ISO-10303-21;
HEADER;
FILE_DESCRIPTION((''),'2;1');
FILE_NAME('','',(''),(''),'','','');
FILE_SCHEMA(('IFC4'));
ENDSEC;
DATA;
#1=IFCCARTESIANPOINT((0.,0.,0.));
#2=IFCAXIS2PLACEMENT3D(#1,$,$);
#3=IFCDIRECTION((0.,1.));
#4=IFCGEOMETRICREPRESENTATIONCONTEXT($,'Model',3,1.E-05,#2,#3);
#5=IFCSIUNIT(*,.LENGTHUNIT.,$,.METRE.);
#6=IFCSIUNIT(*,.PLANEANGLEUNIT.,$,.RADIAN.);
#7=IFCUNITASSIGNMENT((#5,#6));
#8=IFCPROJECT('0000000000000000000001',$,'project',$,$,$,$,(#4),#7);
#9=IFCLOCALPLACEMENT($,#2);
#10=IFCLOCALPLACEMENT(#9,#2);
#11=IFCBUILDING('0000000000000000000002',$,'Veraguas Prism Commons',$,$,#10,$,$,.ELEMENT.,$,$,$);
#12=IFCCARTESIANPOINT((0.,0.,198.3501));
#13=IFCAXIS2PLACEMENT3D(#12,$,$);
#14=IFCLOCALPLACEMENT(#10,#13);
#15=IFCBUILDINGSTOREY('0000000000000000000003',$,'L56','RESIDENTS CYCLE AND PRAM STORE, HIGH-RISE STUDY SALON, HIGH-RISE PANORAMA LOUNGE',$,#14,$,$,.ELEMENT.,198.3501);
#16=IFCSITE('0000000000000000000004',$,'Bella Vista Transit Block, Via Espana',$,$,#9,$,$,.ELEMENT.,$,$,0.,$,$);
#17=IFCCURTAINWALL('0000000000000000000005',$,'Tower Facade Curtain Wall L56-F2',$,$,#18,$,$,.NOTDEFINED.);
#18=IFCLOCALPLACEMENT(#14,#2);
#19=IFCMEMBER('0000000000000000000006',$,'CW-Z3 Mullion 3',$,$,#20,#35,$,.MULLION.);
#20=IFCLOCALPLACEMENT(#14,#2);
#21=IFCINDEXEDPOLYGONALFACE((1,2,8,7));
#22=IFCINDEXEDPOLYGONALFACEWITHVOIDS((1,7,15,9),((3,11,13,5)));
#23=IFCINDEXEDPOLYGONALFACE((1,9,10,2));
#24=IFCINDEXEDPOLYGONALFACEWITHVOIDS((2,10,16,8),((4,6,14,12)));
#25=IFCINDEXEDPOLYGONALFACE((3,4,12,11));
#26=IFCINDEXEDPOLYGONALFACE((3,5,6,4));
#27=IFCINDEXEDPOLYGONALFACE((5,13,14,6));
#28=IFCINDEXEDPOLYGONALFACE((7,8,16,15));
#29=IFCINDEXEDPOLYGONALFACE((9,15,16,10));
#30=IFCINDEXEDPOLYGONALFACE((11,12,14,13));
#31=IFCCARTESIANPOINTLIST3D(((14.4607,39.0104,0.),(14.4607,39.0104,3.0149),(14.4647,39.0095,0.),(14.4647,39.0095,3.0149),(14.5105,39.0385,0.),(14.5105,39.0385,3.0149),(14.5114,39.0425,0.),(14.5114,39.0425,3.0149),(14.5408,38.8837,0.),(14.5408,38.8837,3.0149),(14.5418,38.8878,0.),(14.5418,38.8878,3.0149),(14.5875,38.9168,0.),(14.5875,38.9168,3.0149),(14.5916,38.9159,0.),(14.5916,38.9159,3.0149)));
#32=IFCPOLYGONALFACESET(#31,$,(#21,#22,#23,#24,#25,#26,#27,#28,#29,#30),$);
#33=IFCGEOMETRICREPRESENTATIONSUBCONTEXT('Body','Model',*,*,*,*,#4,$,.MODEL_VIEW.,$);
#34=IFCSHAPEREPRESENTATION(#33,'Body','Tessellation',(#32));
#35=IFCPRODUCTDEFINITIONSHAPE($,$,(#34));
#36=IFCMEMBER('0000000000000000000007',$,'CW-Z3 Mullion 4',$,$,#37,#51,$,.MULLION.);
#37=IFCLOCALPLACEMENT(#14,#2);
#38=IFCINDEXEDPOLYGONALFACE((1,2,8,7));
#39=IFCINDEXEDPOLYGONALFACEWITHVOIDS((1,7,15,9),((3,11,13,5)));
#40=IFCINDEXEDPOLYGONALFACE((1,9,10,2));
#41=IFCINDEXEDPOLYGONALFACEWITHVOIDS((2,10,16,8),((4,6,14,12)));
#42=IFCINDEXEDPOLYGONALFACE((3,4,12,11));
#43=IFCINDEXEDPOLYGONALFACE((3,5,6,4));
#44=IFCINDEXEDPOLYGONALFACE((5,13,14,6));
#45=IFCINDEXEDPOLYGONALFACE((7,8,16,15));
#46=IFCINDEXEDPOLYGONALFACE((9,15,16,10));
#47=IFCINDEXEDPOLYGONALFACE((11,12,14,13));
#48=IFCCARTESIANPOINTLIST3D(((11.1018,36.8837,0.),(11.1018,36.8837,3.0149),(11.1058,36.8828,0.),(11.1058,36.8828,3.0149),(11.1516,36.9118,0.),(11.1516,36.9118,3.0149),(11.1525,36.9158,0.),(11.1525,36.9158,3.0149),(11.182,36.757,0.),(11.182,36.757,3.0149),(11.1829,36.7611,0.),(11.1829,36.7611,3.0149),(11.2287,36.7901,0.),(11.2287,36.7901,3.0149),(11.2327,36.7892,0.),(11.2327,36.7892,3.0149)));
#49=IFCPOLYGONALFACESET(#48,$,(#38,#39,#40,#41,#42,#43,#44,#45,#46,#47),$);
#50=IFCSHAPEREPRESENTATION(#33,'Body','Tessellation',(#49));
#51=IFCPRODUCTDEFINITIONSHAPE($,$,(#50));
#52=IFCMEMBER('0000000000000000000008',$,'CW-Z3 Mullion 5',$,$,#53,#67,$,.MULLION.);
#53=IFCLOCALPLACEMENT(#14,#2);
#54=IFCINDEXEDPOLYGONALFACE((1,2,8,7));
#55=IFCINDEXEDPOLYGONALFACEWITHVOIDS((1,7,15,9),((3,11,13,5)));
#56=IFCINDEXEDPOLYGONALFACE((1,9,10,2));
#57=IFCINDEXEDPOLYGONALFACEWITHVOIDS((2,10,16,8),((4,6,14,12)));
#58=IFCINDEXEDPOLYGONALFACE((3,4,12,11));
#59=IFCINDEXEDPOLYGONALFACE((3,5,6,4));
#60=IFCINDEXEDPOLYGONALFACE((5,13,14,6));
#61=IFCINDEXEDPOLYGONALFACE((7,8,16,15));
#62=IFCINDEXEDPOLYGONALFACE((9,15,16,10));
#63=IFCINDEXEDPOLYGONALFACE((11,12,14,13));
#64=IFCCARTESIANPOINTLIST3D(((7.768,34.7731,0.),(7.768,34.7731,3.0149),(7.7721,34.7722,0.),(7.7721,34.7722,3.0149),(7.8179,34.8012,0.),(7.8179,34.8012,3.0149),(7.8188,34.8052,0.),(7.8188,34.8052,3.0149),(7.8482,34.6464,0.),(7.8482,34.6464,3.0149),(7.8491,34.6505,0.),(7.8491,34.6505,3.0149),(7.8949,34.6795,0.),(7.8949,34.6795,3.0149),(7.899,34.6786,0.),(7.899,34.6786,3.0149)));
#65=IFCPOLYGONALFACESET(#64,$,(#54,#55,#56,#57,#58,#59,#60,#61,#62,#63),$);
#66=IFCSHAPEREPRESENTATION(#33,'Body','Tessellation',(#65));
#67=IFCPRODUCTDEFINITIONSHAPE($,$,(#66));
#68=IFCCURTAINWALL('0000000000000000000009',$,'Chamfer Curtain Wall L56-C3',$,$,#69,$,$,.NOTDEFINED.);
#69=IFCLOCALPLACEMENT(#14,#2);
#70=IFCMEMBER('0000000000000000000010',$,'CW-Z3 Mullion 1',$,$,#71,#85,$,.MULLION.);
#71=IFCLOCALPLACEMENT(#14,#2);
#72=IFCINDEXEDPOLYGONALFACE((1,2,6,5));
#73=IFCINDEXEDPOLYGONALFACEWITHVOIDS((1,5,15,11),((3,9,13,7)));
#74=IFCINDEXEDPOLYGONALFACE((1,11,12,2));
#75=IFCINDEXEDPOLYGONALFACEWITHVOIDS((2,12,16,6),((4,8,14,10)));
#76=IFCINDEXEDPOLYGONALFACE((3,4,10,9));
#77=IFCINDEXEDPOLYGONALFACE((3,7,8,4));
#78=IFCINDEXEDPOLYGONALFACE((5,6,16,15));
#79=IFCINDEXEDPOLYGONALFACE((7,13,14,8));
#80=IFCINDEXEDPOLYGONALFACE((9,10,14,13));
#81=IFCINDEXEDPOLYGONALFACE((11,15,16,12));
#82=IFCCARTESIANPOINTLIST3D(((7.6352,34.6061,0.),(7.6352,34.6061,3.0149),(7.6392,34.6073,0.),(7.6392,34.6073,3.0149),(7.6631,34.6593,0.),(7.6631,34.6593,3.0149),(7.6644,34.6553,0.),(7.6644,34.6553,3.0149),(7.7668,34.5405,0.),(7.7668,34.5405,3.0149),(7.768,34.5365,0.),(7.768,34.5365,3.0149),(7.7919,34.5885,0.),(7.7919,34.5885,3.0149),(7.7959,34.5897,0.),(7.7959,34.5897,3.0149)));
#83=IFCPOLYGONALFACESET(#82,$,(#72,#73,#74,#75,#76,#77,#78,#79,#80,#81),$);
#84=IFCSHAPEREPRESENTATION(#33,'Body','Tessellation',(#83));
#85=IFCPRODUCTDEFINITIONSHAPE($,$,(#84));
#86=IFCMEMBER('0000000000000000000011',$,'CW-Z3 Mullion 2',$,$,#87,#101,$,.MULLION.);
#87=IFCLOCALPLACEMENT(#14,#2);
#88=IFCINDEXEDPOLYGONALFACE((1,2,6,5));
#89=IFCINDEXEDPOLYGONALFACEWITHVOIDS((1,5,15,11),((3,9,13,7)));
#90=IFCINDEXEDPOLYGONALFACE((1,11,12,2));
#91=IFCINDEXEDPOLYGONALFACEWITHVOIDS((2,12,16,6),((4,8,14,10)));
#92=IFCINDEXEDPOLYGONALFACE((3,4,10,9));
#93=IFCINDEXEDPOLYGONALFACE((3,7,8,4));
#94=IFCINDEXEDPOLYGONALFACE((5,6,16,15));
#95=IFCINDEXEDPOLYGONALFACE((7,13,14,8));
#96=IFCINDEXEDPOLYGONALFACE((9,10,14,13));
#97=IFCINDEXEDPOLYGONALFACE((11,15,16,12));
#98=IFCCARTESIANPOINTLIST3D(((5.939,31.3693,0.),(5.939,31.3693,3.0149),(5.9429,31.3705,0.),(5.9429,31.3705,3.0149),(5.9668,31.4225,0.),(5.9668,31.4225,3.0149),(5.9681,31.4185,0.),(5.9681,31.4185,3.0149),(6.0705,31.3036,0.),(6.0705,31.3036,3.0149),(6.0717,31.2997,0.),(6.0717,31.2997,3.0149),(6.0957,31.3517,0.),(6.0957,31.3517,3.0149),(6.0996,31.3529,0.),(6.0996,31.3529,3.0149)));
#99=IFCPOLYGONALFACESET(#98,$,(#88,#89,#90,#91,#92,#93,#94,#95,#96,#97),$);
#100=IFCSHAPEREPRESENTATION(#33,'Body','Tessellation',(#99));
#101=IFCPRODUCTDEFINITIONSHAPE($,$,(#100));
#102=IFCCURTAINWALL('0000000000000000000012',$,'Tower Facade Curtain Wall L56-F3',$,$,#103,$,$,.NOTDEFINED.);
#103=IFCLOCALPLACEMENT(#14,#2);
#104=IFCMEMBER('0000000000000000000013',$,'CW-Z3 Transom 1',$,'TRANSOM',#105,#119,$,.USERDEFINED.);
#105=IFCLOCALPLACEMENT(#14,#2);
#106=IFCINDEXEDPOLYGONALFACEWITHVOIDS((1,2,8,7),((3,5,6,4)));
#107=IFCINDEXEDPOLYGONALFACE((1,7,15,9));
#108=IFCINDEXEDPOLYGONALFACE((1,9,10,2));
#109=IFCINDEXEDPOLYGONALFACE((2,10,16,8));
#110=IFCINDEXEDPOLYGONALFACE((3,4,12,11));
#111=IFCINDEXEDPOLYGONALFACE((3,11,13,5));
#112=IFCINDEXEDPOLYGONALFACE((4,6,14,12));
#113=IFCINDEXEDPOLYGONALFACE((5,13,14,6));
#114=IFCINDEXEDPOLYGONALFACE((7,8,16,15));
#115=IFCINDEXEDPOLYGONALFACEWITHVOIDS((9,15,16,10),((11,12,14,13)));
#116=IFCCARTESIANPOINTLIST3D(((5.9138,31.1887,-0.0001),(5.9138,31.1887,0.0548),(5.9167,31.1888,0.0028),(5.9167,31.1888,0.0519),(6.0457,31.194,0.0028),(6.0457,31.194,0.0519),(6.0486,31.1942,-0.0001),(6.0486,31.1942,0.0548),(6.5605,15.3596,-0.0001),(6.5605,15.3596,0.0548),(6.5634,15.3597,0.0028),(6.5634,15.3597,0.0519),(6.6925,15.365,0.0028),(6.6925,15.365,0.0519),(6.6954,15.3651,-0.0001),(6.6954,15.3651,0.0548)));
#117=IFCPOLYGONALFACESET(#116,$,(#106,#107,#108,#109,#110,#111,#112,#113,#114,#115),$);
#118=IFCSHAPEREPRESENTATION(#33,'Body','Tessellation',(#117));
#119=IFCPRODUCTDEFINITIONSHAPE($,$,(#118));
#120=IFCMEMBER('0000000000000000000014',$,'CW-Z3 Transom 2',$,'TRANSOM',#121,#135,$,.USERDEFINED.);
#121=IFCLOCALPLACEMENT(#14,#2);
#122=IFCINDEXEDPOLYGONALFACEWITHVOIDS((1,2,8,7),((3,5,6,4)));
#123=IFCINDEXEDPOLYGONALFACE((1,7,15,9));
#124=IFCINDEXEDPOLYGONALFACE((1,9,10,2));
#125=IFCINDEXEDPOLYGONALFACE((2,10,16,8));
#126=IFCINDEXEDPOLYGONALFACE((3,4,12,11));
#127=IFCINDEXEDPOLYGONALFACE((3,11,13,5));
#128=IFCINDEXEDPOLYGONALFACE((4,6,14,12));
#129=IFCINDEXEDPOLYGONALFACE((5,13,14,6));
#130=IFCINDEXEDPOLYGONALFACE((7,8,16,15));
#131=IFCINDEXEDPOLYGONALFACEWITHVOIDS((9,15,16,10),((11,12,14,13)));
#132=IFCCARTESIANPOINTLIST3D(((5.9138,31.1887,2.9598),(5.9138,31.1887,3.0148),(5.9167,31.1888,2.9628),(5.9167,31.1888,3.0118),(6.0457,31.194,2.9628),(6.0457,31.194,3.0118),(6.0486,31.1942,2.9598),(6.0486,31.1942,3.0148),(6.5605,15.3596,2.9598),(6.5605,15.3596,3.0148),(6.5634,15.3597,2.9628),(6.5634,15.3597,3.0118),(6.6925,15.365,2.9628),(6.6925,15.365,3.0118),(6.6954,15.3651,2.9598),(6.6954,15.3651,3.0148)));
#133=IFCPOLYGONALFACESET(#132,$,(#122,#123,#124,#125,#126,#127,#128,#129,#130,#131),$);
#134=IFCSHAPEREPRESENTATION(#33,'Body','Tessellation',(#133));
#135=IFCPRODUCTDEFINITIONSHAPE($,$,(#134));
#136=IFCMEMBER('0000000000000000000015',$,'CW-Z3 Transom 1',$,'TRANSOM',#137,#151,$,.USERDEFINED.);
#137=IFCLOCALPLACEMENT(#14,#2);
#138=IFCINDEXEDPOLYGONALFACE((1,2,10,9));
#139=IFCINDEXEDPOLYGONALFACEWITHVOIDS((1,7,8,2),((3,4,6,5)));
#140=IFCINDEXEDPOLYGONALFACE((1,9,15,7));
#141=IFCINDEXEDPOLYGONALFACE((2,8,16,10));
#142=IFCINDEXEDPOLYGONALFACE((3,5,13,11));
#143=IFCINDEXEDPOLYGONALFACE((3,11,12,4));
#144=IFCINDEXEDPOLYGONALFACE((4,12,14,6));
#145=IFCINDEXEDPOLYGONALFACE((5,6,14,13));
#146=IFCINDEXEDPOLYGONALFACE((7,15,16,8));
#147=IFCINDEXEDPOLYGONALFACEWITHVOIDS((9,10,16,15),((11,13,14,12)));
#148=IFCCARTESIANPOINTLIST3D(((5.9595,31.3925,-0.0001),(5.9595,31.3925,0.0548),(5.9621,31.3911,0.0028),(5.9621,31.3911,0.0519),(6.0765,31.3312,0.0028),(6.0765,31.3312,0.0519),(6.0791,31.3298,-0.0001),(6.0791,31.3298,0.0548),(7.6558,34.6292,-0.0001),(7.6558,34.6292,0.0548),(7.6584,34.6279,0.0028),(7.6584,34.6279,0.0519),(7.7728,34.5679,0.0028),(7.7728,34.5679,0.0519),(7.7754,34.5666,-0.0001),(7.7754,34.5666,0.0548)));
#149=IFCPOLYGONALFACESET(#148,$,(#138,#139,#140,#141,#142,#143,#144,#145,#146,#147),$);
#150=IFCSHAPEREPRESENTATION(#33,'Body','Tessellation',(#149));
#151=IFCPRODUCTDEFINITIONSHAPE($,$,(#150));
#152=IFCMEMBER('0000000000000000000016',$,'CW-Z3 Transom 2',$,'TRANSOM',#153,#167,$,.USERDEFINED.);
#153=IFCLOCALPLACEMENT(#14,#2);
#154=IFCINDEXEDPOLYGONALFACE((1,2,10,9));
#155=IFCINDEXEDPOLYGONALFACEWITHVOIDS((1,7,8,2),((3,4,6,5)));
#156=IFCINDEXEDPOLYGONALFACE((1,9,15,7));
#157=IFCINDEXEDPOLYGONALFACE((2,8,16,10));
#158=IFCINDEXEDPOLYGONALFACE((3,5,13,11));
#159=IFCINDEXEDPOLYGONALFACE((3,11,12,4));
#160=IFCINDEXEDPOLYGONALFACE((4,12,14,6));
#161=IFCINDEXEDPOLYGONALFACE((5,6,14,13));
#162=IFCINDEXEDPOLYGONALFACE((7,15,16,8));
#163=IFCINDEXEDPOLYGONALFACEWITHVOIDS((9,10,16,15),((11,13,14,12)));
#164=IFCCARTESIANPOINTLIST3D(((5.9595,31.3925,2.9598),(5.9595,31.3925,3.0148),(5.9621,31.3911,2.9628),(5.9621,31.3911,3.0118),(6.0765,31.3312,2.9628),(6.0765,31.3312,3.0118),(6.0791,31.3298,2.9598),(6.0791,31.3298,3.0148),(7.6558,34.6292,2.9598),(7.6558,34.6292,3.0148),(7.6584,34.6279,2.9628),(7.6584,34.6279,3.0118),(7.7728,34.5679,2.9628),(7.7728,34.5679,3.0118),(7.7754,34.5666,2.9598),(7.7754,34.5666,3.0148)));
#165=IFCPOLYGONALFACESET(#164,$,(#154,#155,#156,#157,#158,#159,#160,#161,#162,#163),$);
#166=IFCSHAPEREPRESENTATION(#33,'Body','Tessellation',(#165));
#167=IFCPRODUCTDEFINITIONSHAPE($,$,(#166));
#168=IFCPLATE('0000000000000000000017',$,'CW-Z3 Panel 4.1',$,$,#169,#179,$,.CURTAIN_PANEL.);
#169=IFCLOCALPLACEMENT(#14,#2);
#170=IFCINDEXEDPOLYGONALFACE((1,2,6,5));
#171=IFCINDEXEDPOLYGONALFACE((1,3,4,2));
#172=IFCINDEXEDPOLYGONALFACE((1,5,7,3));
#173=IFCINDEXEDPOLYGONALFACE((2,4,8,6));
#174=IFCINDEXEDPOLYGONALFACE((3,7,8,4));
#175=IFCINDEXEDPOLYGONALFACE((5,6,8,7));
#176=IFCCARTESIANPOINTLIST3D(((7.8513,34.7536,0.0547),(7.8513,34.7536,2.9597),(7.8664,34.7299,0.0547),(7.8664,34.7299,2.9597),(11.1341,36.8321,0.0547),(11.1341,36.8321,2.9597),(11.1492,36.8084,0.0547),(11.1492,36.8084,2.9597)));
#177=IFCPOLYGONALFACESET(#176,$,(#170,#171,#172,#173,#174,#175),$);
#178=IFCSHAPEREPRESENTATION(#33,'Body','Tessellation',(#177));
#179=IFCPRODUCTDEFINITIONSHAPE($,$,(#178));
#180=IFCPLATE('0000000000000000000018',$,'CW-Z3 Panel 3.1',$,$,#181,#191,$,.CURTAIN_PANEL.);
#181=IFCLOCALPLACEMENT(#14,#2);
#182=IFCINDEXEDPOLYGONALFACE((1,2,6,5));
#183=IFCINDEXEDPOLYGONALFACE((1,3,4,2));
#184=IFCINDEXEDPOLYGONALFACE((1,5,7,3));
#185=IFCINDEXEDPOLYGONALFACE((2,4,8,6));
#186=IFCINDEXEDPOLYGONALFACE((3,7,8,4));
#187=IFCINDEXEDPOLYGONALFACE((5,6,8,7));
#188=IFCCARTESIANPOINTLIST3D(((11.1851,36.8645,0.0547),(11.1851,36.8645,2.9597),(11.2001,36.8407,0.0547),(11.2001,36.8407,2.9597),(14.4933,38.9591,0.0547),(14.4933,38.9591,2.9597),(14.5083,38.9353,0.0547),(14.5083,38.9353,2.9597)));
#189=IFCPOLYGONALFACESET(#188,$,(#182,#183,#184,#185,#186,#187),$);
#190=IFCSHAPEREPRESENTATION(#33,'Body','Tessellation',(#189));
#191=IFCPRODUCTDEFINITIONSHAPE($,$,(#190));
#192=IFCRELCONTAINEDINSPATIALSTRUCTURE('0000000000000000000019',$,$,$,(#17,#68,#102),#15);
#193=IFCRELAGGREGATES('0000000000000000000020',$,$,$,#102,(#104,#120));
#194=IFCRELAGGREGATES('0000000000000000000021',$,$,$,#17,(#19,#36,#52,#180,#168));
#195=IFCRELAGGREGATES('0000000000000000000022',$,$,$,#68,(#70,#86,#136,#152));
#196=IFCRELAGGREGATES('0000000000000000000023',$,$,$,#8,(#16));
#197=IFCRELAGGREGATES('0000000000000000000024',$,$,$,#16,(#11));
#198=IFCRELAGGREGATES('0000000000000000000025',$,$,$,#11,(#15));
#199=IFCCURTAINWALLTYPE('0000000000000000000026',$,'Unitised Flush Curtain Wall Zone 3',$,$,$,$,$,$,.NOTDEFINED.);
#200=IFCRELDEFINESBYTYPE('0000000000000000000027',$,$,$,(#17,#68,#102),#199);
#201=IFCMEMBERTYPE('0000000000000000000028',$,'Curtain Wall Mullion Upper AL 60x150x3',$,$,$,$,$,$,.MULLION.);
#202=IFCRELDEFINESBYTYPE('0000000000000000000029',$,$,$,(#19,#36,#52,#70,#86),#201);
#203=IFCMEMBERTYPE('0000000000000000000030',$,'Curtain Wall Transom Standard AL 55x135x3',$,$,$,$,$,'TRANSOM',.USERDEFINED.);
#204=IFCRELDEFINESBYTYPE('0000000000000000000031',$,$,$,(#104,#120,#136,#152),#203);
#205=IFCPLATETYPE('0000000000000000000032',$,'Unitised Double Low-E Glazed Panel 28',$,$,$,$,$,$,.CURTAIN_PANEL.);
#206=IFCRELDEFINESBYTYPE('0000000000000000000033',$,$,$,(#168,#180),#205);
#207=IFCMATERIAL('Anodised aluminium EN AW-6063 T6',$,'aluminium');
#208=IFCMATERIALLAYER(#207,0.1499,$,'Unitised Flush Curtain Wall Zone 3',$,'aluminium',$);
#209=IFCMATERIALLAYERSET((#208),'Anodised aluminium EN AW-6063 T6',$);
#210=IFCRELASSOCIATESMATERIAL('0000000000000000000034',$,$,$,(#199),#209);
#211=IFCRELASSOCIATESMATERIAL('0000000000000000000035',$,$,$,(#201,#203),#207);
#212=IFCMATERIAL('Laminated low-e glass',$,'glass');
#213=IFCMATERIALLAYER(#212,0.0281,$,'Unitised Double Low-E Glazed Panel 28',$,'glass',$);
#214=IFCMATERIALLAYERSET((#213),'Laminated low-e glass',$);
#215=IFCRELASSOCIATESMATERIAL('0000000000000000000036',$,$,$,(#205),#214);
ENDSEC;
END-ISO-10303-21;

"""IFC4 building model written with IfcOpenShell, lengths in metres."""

from ifc_helpers import new_model, si_unit, direction, frame, origin, origin_2d, place, context, subcontext, project, spatial, rectangle, hollow_rectangle, extrude, source, transform, mapped, material, layer, layer_set, material_profile, profile_set, type_object, element, aggregate, save


model = new_model("IFC4")

# Units and contexts
model_context = context("Model", 3, precision=1e-05, world=origin(), true_north=direction((0.0, 1.0)))
body_context = subcontext(model_context, "Body", "Model", "MODEL_VIEW")
ifc_project = project(units=[si_unit("LENGTHUNIT", "METRE"), si_unit("PLANEANGLEUNIT", "RADIAN")], contexts=[model_context])

# Site, building, storey
site_placement = place(None, origin())
site = spatial("IfcSite", under=ifc_project, at=site_placement, Name="Bella Vista Transit Block, Via Espana", CompositionType="ELEMENT", RefElevation=0.0)
building_placement = place(site_placement, origin())
building = spatial("IfcBuilding", under=site, at=building_placement, Name="Veraguas Prism Commons", CompositionType="ELEMENT")
storey_placement = place(building_placement, frame((0.0, 0.0, 198.3501)))
storey = spatial("IfcBuildingStorey", under=building, at=storey_placement, Name="L56", Description="RESIDENTS CYCLE AND PRAM STORE, HIGH-RISE STUDY SALON, HIGH-RISE PANORAMA LOUNGE", CompositionType="ELEMENT", Elevation=198.3501)

# Curtain walls, members
ifc_material_1 = material(Name="Anodised aluminium EN AW-6063 T6", Category="aluminium")
ifc_layer_1 = layer(ifc_material_1, 0.1499, Name="Unitised Flush Curtain Wall Zone 3", Category="aluminium")
ifc_layer_set_1 = layer_set([ifc_layer_1], Name="Anodised aluminium EN AW-6063 T6")
curtain_wall_type = type_object("IfcCurtainWallType", Name="Unitised Flush Curtain Wall Zone 3", PredefinedType="NOTDEFINED", material=ifc_layer_set_1)
curtain_wall_1_placement = place(storey_placement, origin())
curtain_wall_1 = element("IfcCurtainWall", 1, at=curtain_wall_1_placement, inside=storey, type_object=curtain_wall_type, Name="Tower Facade Curtain Wall L56-F2", PredefinedType="NOTDEFINED")
ifc_material_profile_1 = material_profile(ifc_material_1, hollow_rectangle(XDim=0.0601, YDim=0.1499, WallThickness=0.0029, at=origin_2d()), Name="AL60X150X3")
ifc_profile_set_1 = profile_set([ifc_material_profile_1], Name="Anodised aluminium EN AW-6063 T6")
member_type_1 = type_object("IfcMemberType", Name="Curtain Wall Mullion Upper AL 60x150x3", PredefinedType="MULLION", material=ifc_profile_set_1)
shared_shape_1 = source(origin(), body_context, "Body", "SweptSolid", [
    extrude(hollow_rectangle(XDim=0.0601, YDim=0.1499, WallThickness=0.0029, at=origin_2d()), origin(), (0.0, 0.0, 1.0), 3.0149),
])
member_1_placement = place(storey_placement, frame((14.5261, 38.9631, 0.0), z_axis=(0.0, 0.0, 1.0), x_axis=(-0.844887, -0.534945, 0.0)))
member_1 = element("IfcMember", 2, at=member_1_placement, type_object=member_type_1, Name="CW-Z3 Mullion 3", PredefinedType="MULLION", context=body_context, shape_type="MappedRepresentation", body=[
    mapped(shared_shape_1, transform((0.0, 0.0, 0.0), scale=1.0)),
])
member_2_placement = place(storey_placement, frame((11.1672, 36.8364, 0.0), z_axis=(0.0, 0.0, 1.0), x_axis=(-0.844887, -0.534945, 0.0)))
member_2 = element("IfcMember", 3, at=member_2_placement, type_object=member_type_1, Name="CW-Z3 Mullion 4", PredefinedType="MULLION", context=body_context, shape_type="MappedRepresentation", body=[
    mapped(shared_shape_1, transform((0.0, 0.0, 0.0), scale=1.0)),
])
member_3_placement = place(storey_placement, frame((7.8335, 34.7258, 0.0), z_axis=(0.0, 0.0, 1.0), x_axis=(-0.844887, -0.534945, 0.0)))
member_3 = element("IfcMember", 4, at=member_3_placement, type_object=member_type_1, Name="CW-Z3 Mullion 5", PredefinedType="MULLION", context=body_context, shape_type="MappedRepresentation", body=[
    mapped(shared_shape_1, transform((0.0, 0.0, 0.0), scale=1.0)),
])
curtain_wall_2_placement = place(storey_placement, origin())
curtain_wall_2 = element("IfcCurtainWall", 5, at=curtain_wall_2_placement, inside=storey, type_object=curtain_wall_type, Name="Chamfer Curtain Wall L56-C3", PredefinedType="NOTDEFINED")
member_4_placement = place(storey_placement, frame((7.7156, 34.5979, 0.0), z_axis=(0.0, 0.0, 1.0), x_axis=(-0.46419, -0.885736, 0.0)))
member_4 = element("IfcMember", 6, at=member_4_placement, type_object=member_type_1, Name="CW-Z3 Mullion 1", PredefinedType="MULLION", context=body_context, shape_type="MappedRepresentation", body=[
    mapped(shared_shape_1, transform((0.0, 0.0, 0.0), scale=1.0)),
])
member_5_placement = place(storey_placement, frame((6.0193, 31.3611, 0.0), z_axis=(0.0, 0.0, 1.0), x_axis=(-0.46419, -0.885736, 0.0)))
member_5 = element("IfcMember", 7, at=member_5_placement, type_object=member_type_1, Name="CW-Z3 Mullion 2", PredefinedType="MULLION", context=body_context, shape_type="MappedRepresentation", body=[
    mapped(shared_shape_1, transform((0.0, 0.0, 0.0), scale=1.0)),
])
curtain_wall_3_placement = place(storey_placement, origin())
curtain_wall_3 = element("IfcCurtainWall", 8, at=curtain_wall_3_placement, inside=storey, type_object=curtain_wall_type, Name="Tower Facade Curtain Wall L56-F3", PredefinedType="NOTDEFINED")
ifc_material_profile_2 = material_profile(ifc_material_1, hollow_rectangle(XDim=0.0549, YDim=0.135, WallThickness=0.0029, at=origin_2d()), Name="AL55X135X3")
ifc_profile_set_2 = profile_set([ifc_material_profile_2], Name="Anodised aluminium EN AW-6063 T6")
member_type_2 = type_object("IfcMemberType", Name="Curtain Wall Transom Standard AL 55x135x3", ElementType="TRANSOM", PredefinedType="USERDEFINED", material=ifc_profile_set_2)
shared_shape_2 = source(origin(), body_context, "Body", "SweptSolid", [
    extrude(hollow_rectangle(XDim=0.0549, YDim=0.135, WallThickness=0.0029, at=origin_2d()), origin(), (0.0, 0.0, 1.0), 15.8423),
])
member_6_placement = place(storey_placement, frame((5.9812, 31.1914, 0.0273), z_axis=(0.040823, -0.999166, 0.0), x_axis=(0.0, 0.0, 1.0)))
member_6 = element("IfcMember", 9, at=member_6_placement, type_object=member_type_2, Name="CW-Z3 Transom 1", ObjectType="TRANSOM", PredefinedType="USERDEFINED", context=body_context, shape_type="MappedRepresentation", body=[
    mapped(shared_shape_2, transform((0.0, 0.0, 0.0), scale=1.0)),
])
member_7_placement = place(storey_placement, frame((5.9812, 31.1914, 2.9873), z_axis=(0.040823, -0.999166, 0.0), x_axis=(0.0, 0.0, 1.0)))
member_7 = element("IfcMember", 10, at=member_7_placement, type_object=member_type_2, Name="CW-Z3 Transom 2", ObjectType="TRANSOM", PredefinedType="USERDEFINED", context=body_context, shape_type="MappedRepresentation", body=[
    mapped(shared_shape_2, transform((0.0, 0.0, 0.0), scale=1.0)),
])
aggregate(curtain_wall_3, [member_6, member_7])

# Members
shared_shape_3 = source(origin(), body_context, "Body", "SweptSolid", [
    extrude(hollow_rectangle(XDim=0.0549, YDim=0.135, WallThickness=0.0029, at=origin_2d()), origin(), (0.0, 0.0, 1.0), 3.6543),
])
member_8_placement = place(storey_placement, frame((7.7156, 34.5979, 0.0273), z_axis=(-0.464182, -0.88574, 0.0), x_axis=(0.0, 0.0, 1.0)))
member_8 = element("IfcMember", 11, at=member_8_placement, type_object=member_type_2, Name="CW-Z3 Transom 1", ObjectType="TRANSOM", PredefinedType="USERDEFINED", context=body_context, shape_type="MappedRepresentation", body=[
    mapped(shared_shape_3, transform((0.0, 0.0, 0.0), scale=1.0)),
])
member_9_placement = place(storey_placement, frame((7.7156, 34.5979, 2.9873), z_axis=(-0.464182, -0.88574, 0.0), x_axis=(0.0, 0.0, 1.0)))
member_9 = element("IfcMember", 12, at=member_9_placement, type_object=member_type_2, Name="CW-Z3 Transom 2", ObjectType="TRANSOM", PredefinedType="USERDEFINED", context=body_context, shape_type="MappedRepresentation", body=[
    mapped(shared_shape_3, transform((0.0, 0.0, 0.0), scale=1.0)),
])

# Plates
ifc_material_2 = material(Name="Laminated low-e glass", Category="glass")
ifc_layer_2 = layer(ifc_material_2, 0.0281, Name="Unitised Double Low-E Glazed Panel 28", Category="glass")
ifc_layer_set_2 = layer_set([ifc_layer_2], Name="Laminated low-e glass")
plate_type = type_object("IfcPlateType", Name="Unitised Double Low-E Glazed Panel 28", PredefinedType="CURTAIN_PANEL", material=ifc_layer_set_2)
shared_shape_4 = source(origin(), body_context, "Body", "SweptSolid", [
    extrude(rectangle(XDim=3.8855, YDim=0.0281, at=origin_2d()), origin(), (0.0, 0.0, 1.0), 2.905),
])
plate_1_placement = place(storey_placement, frame((9.5002, 35.781, 0.0547), z_axis=(0.0, 0.0, 1.0), x_axis=(-0.844887, -0.534945, 0.0)))
plate_1 = element("IfcPlate", 13, at=plate_1_placement, type_object=plate_type, Name="CW-Z3 Panel 4.1", PredefinedType="CURTAIN_PANEL", context=body_context, shape_type="MappedRepresentation", body=[
    mapped(shared_shape_4, transform((0.0, 0.0, 0.0), scale=1.0)),
])
shared_shape_5 = source(origin(), body_context, "Body", "SweptSolid", [
    extrude(rectangle(XDim=3.9155, YDim=0.0281, at=origin_2d()), origin(), (0.0, 0.0, 1.0), 2.905),
])
plate_2_placement = place(storey_placement, frame((12.8467, 37.8999, 0.0547), z_axis=(0.0, 0.0, 1.0), x_axis=(-0.844887, -0.534945, 0.0)))
plate_2 = element("IfcPlate", 14, at=plate_2_placement, type_object=plate_type, Name="CW-Z3 Panel 3.1", PredefinedType="CURTAIN_PANEL", context=body_context, shape_type="MappedRepresentation", body=[
    mapped(shared_shape_5, transform((0.0, 0.0, 0.0), scale=1.0)),
])
aggregate(curtain_wall_1, [member_1, member_2, member_3, plate_2, plate_1])
aggregate(curtain_wall_2, [member_4, member_5, member_8, member_9])

save(model, "model.ifc")
